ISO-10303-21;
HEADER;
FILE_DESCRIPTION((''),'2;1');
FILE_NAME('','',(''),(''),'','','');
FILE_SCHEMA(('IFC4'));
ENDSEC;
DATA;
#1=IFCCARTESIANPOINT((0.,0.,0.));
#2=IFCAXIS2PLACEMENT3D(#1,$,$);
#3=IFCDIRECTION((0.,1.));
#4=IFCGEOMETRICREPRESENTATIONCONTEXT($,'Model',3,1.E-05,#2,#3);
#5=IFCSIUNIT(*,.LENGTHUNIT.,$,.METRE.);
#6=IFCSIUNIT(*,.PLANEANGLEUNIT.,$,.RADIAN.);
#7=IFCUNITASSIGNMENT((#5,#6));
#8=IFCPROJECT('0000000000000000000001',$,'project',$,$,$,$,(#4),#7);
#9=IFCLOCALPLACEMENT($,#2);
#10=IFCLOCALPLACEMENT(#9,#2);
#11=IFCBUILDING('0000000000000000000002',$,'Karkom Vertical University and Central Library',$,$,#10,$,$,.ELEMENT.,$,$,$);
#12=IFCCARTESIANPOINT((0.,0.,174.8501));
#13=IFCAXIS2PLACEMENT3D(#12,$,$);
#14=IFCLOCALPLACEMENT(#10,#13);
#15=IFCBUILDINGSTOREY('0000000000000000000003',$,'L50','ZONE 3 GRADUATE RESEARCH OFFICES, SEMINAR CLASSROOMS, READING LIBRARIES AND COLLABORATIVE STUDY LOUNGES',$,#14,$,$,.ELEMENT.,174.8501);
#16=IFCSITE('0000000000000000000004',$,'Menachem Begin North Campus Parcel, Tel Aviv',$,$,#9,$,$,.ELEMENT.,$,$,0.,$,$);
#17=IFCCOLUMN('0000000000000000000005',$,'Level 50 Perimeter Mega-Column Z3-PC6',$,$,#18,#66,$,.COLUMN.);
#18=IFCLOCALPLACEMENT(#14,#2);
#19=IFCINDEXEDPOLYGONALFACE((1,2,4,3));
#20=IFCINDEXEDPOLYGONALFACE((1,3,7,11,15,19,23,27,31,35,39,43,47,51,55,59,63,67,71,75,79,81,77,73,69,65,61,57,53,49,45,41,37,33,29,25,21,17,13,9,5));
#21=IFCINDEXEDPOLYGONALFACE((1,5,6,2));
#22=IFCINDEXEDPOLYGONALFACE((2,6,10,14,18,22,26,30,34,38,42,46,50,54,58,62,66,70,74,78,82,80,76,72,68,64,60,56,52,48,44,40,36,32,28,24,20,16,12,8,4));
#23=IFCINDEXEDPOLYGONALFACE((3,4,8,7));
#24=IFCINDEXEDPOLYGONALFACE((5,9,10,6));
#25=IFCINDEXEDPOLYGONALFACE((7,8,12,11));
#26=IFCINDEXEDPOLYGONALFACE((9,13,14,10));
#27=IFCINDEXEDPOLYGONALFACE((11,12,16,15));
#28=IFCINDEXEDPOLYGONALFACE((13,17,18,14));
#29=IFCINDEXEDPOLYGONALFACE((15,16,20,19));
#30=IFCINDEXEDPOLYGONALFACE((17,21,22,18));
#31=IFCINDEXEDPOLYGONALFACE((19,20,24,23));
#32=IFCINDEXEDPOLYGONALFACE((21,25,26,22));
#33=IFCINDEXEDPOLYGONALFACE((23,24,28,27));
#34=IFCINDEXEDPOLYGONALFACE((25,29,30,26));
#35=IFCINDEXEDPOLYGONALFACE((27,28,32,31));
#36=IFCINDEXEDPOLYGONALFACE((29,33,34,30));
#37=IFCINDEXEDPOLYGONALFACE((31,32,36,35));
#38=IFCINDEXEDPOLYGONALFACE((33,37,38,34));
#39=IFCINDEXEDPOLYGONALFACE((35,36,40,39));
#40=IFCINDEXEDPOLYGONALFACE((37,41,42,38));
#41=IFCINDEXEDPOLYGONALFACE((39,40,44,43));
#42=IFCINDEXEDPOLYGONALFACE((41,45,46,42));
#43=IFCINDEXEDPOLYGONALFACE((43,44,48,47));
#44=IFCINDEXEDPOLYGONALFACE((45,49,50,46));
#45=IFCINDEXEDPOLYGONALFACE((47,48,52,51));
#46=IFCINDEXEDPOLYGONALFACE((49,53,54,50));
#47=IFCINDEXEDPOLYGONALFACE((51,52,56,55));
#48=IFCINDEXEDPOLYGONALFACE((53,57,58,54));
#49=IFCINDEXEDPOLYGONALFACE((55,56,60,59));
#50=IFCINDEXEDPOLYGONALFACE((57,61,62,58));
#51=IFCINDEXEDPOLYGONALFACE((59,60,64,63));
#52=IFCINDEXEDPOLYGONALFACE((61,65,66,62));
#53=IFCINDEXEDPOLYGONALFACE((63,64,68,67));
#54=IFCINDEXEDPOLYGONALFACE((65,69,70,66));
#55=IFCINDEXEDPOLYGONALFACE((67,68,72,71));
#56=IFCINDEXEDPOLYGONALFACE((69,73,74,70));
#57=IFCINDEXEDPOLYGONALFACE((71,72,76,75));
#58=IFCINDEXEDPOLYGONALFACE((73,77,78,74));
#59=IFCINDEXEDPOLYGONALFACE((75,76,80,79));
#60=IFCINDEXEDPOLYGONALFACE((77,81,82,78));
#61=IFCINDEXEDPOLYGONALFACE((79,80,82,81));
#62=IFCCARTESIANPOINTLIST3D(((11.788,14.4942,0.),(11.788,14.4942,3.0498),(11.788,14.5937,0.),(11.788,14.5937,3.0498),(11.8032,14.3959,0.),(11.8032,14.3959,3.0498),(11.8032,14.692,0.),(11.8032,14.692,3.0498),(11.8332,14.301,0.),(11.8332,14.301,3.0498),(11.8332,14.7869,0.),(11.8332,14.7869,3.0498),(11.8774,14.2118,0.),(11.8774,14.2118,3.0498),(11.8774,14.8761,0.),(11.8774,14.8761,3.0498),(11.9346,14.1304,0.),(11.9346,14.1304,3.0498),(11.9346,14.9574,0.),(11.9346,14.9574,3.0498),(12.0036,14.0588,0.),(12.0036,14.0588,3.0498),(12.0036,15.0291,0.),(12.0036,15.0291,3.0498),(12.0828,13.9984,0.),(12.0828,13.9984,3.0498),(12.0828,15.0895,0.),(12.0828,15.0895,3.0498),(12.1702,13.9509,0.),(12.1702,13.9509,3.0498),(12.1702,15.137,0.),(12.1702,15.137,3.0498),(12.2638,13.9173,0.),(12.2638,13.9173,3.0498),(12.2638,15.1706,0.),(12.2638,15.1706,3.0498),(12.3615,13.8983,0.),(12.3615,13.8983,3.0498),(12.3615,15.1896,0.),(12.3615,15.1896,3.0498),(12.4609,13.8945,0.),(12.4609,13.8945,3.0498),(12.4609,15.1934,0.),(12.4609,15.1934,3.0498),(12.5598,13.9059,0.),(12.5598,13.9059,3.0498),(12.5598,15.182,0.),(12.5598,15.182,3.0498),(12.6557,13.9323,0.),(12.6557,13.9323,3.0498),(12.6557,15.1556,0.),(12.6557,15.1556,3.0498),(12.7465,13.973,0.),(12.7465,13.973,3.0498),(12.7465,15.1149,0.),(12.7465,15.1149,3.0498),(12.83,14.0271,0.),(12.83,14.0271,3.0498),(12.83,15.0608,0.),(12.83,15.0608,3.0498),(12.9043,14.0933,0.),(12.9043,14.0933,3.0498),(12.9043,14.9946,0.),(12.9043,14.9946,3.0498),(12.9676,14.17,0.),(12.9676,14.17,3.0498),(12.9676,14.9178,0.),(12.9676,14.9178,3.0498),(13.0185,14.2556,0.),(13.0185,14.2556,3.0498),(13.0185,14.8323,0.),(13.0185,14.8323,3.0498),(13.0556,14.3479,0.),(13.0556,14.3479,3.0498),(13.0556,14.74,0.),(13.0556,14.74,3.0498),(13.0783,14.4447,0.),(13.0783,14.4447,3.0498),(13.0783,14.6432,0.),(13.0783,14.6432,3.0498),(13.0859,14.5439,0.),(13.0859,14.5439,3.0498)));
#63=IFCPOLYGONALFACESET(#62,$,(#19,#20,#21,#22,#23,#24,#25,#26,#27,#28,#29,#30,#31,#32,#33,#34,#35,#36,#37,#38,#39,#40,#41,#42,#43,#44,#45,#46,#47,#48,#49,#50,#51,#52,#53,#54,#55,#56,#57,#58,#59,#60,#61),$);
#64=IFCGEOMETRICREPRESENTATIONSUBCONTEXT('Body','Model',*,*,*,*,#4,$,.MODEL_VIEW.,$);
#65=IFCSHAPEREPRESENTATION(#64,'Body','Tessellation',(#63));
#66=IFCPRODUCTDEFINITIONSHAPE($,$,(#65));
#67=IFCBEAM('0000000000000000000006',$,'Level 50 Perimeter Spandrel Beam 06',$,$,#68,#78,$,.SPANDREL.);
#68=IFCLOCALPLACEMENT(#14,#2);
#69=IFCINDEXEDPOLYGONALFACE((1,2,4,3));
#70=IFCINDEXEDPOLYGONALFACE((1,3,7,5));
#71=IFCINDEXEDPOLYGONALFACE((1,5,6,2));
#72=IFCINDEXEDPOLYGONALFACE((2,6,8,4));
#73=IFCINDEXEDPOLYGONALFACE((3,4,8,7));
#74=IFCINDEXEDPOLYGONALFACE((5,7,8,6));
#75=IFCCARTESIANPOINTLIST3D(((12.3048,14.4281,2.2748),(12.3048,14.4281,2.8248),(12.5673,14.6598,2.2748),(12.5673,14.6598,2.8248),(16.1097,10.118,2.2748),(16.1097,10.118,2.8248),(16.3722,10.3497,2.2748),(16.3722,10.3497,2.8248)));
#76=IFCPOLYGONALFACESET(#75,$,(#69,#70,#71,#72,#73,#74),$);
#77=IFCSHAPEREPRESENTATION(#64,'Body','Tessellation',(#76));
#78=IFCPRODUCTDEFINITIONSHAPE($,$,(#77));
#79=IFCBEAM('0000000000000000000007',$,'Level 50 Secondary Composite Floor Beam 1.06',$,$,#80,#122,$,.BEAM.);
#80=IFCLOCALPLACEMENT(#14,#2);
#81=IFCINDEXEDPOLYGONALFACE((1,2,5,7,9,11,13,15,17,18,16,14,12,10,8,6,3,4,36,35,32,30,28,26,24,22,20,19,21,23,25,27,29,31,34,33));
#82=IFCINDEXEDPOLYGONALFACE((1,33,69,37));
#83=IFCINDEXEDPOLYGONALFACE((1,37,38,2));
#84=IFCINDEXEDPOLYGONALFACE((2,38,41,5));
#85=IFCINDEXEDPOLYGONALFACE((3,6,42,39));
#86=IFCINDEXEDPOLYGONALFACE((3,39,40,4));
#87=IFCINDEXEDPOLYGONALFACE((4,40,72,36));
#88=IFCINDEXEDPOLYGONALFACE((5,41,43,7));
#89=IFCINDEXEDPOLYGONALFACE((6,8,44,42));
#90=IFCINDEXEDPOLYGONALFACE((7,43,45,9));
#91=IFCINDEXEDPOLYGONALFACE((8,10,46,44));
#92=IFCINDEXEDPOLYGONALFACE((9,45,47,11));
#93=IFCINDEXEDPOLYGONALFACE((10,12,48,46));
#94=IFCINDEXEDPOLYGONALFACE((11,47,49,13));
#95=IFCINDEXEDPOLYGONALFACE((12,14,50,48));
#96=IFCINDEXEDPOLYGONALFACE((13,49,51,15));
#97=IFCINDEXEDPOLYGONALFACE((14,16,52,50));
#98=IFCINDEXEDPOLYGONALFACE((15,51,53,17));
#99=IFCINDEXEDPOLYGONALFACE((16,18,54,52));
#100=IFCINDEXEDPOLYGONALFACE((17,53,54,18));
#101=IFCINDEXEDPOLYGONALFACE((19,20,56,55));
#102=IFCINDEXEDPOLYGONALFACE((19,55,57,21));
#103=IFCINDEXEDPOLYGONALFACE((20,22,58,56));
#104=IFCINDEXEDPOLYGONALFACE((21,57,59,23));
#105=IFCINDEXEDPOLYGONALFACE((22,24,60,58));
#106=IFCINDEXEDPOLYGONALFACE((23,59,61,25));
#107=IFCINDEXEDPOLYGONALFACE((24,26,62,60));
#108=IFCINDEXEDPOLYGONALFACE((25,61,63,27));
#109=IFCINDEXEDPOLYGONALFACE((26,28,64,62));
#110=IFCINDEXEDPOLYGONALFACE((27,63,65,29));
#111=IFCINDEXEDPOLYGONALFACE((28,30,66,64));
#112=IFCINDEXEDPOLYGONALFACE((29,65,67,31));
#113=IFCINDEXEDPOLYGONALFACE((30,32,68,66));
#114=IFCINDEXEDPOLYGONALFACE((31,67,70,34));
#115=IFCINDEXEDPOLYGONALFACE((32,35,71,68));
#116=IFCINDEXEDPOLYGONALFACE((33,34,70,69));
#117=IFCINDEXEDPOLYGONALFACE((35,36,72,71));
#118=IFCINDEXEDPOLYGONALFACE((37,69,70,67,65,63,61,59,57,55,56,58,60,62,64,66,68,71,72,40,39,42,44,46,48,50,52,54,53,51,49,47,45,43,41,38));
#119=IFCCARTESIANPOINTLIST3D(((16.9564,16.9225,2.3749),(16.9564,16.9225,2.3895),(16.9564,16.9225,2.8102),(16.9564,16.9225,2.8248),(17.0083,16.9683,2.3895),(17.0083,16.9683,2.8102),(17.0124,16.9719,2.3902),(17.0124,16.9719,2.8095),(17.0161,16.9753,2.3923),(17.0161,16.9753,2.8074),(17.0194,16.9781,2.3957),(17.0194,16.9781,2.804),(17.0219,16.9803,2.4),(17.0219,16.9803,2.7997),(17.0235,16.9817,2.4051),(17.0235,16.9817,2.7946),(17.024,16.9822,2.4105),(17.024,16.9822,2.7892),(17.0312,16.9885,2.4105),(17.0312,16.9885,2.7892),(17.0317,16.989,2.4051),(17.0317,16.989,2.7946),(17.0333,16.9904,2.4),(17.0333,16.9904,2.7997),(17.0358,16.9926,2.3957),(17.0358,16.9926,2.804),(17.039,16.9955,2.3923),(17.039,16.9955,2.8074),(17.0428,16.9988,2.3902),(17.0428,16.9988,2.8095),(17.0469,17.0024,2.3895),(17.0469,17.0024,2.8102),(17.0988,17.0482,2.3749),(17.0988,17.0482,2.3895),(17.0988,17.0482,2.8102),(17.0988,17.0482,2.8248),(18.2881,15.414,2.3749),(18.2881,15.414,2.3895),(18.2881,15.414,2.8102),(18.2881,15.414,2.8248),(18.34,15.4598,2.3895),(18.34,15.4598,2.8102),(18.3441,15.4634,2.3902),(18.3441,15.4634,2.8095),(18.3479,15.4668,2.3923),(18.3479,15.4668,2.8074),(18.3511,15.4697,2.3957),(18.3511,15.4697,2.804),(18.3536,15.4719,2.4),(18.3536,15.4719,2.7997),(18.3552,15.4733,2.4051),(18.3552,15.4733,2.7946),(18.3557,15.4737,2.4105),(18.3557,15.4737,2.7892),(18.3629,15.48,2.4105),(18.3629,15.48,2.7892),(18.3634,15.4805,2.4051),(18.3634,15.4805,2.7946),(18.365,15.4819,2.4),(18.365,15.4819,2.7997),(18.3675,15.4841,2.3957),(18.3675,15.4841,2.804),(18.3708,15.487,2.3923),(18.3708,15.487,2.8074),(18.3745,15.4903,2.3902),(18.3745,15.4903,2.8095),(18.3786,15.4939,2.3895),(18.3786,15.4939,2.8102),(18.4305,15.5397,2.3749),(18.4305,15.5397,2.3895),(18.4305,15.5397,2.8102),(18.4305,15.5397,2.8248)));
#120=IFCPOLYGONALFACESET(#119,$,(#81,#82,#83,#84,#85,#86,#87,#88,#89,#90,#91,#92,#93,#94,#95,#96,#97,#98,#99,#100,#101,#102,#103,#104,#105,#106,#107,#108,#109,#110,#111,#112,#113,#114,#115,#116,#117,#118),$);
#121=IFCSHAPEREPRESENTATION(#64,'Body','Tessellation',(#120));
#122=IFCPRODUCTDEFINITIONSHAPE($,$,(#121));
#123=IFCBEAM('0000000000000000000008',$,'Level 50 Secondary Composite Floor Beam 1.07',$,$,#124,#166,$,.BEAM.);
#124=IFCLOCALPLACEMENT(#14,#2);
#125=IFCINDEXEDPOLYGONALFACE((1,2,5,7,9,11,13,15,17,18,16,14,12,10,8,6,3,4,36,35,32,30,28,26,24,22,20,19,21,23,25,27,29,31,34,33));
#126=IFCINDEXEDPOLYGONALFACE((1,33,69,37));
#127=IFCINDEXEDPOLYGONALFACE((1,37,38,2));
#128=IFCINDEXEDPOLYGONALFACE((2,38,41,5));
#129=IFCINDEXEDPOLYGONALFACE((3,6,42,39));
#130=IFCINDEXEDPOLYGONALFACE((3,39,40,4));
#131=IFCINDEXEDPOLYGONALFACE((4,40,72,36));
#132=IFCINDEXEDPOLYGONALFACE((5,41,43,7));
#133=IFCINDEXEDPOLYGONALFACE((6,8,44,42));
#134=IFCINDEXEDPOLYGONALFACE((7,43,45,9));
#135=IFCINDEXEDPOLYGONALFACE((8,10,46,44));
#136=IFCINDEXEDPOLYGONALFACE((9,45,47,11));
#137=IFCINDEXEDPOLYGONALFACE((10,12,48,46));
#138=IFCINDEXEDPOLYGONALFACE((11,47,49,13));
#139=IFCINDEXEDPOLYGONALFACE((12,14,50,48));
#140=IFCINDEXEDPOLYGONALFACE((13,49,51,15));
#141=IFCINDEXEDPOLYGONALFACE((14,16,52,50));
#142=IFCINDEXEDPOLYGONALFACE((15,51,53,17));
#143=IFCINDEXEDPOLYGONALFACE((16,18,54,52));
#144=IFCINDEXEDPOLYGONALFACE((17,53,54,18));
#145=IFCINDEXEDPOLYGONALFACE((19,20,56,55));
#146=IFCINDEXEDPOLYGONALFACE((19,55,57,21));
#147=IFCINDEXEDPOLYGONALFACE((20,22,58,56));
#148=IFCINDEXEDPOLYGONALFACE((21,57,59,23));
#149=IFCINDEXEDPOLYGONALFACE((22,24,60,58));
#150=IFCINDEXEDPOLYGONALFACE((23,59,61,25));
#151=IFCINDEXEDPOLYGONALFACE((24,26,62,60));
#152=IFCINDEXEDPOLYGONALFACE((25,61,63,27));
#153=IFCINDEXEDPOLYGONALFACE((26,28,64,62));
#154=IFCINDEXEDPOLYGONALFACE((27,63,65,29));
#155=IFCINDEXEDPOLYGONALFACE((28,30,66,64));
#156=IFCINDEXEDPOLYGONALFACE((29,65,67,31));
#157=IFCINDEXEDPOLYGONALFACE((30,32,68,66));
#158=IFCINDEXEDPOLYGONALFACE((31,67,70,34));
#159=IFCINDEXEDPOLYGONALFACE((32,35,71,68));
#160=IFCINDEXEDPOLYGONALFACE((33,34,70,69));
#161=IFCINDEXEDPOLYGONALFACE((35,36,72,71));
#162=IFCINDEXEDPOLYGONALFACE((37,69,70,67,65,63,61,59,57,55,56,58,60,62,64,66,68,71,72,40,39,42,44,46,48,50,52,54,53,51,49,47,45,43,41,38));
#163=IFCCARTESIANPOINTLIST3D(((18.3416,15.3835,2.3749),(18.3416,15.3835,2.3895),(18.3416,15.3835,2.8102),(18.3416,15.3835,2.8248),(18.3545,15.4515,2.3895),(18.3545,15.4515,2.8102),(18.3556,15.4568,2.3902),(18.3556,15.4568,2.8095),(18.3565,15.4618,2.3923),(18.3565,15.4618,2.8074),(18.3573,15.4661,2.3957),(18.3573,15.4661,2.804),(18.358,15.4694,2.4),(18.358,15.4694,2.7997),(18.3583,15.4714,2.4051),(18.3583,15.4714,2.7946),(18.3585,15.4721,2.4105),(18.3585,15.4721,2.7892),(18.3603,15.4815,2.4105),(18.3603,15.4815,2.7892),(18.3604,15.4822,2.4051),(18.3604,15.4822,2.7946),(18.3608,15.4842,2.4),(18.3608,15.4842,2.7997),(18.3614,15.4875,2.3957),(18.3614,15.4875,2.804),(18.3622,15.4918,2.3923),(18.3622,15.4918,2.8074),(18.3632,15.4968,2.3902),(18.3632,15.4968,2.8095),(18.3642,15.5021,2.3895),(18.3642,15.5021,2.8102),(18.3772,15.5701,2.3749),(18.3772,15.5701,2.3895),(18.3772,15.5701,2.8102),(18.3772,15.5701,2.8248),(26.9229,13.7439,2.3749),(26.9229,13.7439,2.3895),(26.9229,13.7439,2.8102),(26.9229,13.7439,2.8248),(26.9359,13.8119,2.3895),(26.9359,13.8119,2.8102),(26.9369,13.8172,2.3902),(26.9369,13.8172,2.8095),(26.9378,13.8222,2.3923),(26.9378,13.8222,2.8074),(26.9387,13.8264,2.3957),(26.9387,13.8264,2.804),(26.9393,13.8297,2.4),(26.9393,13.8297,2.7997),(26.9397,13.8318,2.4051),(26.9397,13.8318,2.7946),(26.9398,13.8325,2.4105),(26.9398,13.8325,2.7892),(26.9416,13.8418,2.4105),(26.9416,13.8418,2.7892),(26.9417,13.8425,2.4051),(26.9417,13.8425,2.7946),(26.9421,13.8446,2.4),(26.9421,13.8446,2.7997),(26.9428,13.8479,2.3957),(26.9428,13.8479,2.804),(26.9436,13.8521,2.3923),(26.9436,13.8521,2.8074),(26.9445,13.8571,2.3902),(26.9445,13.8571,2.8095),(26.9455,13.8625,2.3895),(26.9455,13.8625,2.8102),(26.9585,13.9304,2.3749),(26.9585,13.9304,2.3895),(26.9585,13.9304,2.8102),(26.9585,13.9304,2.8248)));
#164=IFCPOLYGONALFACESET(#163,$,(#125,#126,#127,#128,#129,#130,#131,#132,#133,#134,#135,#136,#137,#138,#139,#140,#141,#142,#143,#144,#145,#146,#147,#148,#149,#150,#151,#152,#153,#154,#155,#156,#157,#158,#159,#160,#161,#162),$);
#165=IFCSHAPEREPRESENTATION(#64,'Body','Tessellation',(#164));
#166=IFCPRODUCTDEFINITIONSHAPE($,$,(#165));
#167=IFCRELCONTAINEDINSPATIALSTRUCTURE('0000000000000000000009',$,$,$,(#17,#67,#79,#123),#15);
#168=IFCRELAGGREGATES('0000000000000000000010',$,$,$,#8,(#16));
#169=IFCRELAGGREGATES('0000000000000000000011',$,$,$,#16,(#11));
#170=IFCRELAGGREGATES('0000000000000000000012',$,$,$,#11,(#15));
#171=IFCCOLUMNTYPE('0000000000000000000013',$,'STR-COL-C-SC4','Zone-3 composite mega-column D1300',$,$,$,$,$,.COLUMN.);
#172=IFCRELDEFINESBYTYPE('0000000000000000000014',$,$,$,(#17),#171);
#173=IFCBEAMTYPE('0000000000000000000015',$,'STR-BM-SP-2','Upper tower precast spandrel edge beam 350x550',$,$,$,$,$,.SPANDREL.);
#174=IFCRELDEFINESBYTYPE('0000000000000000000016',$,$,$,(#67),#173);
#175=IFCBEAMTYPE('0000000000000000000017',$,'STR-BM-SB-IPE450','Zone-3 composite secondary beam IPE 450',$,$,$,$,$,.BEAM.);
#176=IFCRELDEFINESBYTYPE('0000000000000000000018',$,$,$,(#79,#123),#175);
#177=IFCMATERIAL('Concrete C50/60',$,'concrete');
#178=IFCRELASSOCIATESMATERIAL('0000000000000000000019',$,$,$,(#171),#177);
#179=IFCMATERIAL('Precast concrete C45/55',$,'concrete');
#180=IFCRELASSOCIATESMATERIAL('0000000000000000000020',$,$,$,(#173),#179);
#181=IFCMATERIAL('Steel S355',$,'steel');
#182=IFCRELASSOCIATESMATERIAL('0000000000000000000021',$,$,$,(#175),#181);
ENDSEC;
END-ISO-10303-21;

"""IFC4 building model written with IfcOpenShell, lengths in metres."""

from ifc_helpers import new_model, si_unit, direction, frame, origin, origin_with_axes, origin_2d, place, context, subcontext, project, spatial, rectangle, circle, i_section, extrude, source, transform, mapped, material, material_profile, profile_set, type_object, element, save


model = new_model("IFC4")

# Units and contexts
model_context = context("Model", 3, precision=1e-05, world=origin(), true_north=direction((0.0, 1.0)))
body_context = subcontext(model_context, "Body", "Model", "MODEL_VIEW")
ifc_project = project(units=[si_unit("LENGTHUNIT", "METRE"), si_unit("PLANEANGLEUNIT", "RADIAN")], contexts=[model_context])

# Site, building, storey
site_placement = place(None, origin())
site = spatial("IfcSite", under=ifc_project, at=site_placement, Name="Menachem Begin North Campus Parcel, Tel Aviv", CompositionType="ELEMENT", RefElevation=0.0)
building_placement = place(site_placement, origin())
building = spatial("IfcBuilding", under=site, at=building_placement, Name="Karkom Vertical University and Central Library", CompositionType="ELEMENT")
storey_placement = place(building_placement, frame((0.0, 0.0, 174.8501)))
storey = spatial("IfcBuildingStorey", under=building, at=storey_placement, Name="L50", Description="ZONE 3 GRADUATE RESEARCH OFFICES, SEMINAR CLASSROOMS, READING LIBRARIES AND COLLABORATIVE STUDY LOUNGES", CompositionType="ELEMENT", Elevation=174.8501)

# Column
ifc_material_1 = material(Name="Concrete C50/60", Category="concrete")
ifc_material_profile_1 = material_profile(ifc_material_1, circle(Radius=0.6499, at=origin_2d()), Name="CFT-D1300")
ifc_profile_set_1 = profile_set([ifc_material_profile_1], Name="Concrete C50/60")
column_type = type_object("IfcColumnType", Name="STR-COL-C-SC4", Description="Zone-3 composite mega-column D1300", PredefinedType="COLUMN", material=ifc_profile_set_1)
shared_shape_1 = source(origin_with_axes(), body_context, "Body", "SweptSolid", [
    extrude(circle(Radius=0.6499, at=origin_2d()), origin(), (0.0, 0.0, 1.0), 3.0498),
])
column_placement = place(storey_placement, frame((12.436, 14.5439, 0.0), z_axis=(0.0, 0.0, 1.0), x_axis=(1.0, 0.0, 0.0)))
element("IfcColumn", 1, at=column_placement, inside=storey, type_object=column_type, Name="Level 50 Perimeter Mega-Column Z3-PC6", PredefinedType="COLUMN", context=body_context, shape_type="MappedRepresentation", body=[
    mapped(shared_shape_1, transform((0.0, 0.0, 0.0), scale=1.0)),
])

# Beams
ifc_material_2 = material(Name="Precast concrete C45/55", Category="concrete")
ifc_material_profile_2 = material_profile(ifc_material_2, rectangle(XDim=0.3501, YDim=0.55, at=origin_2d()), Name="SPB-350x550")
ifc_profile_set_2 = profile_set([ifc_material_profile_2], Name="Precast concrete C45/55")
beam_type_1 = type_object("IfcBeamType", Name="STR-BM-SP-2", Description="Upper tower precast spandrel edge beam 350x550", PredefinedType="SPANDREL", material=ifc_profile_set_2)
shared_shape_2 = source(origin_with_axes(), body_context, "Body", "SweptSolid", [
    extrude(rectangle(XDim=0.3501, YDim=0.55, at=origin_2d()), origin(), (0.0, 0.0, 1.0), 5.7493),
])
beam_1_placement = place(storey_placement, frame((12.436, 14.5439, 2.5498), z_axis=(0.661811, -0.749671, 0.0), x_axis=(0.749671, 0.661811, 0.0)))
element("IfcBeam", 2, at=beam_1_placement, inside=storey, type_object=beam_type_1, Name="Level 50 Perimeter Spandrel Beam 06", PredefinedType="SPANDREL", context=body_context, shape_type="MappedRepresentation", body=[
    mapped(shared_shape_2, transform((0.0, 0.0, 0.0), scale=1.0)),
])
ifc_material_3 = material(Name="Steel S355", Category="steel")
ifc_material_profile_3 = material_profile(ifc_material_3, i_section(OverallWidth=0.1899, OverallDepth=0.45, WebThickness=0.0095, FlangeThickness=0.0146, FilletRadius=0.021, at=origin_2d()), Name="IPE 450")
ifc_profile_set_3 = profile_set([ifc_material_profile_3], Name="Steel S355")
beam_type_2 = type_object("IfcBeamType", Name="STR-BM-SB-IPE450", Description="Zone-3 composite secondary beam IPE 450", PredefinedType="BEAM", material=ifc_profile_set_3)
shared_shape_3 = source(origin_with_axes(), body_context, "Body", "SweptSolid", [
    extrude(i_section(OverallWidth=0.1899, OverallDepth=0.45, WebThickness=0.0095, FlangeThickness=0.0146, FilletRadius=0.021, at=origin_2d()), origin(), (0.0, 0.0, 1.0), 2.0122),
])
beam_2_placement = place(storey_placement, frame((17.0276, 16.9854, 2.5999), z_axis=(0.661822, -0.749661, 0.0), x_axis=(0.749661, 0.661822, 0.0)))
element("IfcBeam", 3, at=beam_2_placement, inside=storey, type_object=beam_type_2, Name="Level 50 Secondary Composite Floor Beam 1.06", PredefinedType="BEAM", context=body_context, shape_type="MappedRepresentation", body=[
    mapped(shared_shape_3, transform((0.0, 0.0, 0.0), scale=1.0)),
])
shared_shape_4 = source(origin_with_axes(), body_context, "Body", "SweptSolid", [
    extrude(i_section(OverallWidth=0.1899, OverallDepth=0.45, WebThickness=0.0095, FlangeThickness=0.0146, FilletRadius=0.021, at=origin_2d()), origin(), (0.0, 0.0, 1.0), 8.7366),
])
beam_3_placement = place(storey_placement, frame((18.3594, 15.4768, 2.5999), z_axis=(0.982231, -0.187677, 0.0), x_axis=(0.187677, 0.982231, 0.0)))
element("IfcBeam", 4, at=beam_3_placement, inside=storey, type_object=beam_type_2, Name="Level 50 Secondary Composite Floor Beam 1.07", PredefinedType="BEAM", context=body_context, shape_type="MappedRepresentation", body=[
    mapped(shared_shape_4, transform((0.0, 0.0, 0.0), scale=1.0)),
])

save(model, "model.ifc")
